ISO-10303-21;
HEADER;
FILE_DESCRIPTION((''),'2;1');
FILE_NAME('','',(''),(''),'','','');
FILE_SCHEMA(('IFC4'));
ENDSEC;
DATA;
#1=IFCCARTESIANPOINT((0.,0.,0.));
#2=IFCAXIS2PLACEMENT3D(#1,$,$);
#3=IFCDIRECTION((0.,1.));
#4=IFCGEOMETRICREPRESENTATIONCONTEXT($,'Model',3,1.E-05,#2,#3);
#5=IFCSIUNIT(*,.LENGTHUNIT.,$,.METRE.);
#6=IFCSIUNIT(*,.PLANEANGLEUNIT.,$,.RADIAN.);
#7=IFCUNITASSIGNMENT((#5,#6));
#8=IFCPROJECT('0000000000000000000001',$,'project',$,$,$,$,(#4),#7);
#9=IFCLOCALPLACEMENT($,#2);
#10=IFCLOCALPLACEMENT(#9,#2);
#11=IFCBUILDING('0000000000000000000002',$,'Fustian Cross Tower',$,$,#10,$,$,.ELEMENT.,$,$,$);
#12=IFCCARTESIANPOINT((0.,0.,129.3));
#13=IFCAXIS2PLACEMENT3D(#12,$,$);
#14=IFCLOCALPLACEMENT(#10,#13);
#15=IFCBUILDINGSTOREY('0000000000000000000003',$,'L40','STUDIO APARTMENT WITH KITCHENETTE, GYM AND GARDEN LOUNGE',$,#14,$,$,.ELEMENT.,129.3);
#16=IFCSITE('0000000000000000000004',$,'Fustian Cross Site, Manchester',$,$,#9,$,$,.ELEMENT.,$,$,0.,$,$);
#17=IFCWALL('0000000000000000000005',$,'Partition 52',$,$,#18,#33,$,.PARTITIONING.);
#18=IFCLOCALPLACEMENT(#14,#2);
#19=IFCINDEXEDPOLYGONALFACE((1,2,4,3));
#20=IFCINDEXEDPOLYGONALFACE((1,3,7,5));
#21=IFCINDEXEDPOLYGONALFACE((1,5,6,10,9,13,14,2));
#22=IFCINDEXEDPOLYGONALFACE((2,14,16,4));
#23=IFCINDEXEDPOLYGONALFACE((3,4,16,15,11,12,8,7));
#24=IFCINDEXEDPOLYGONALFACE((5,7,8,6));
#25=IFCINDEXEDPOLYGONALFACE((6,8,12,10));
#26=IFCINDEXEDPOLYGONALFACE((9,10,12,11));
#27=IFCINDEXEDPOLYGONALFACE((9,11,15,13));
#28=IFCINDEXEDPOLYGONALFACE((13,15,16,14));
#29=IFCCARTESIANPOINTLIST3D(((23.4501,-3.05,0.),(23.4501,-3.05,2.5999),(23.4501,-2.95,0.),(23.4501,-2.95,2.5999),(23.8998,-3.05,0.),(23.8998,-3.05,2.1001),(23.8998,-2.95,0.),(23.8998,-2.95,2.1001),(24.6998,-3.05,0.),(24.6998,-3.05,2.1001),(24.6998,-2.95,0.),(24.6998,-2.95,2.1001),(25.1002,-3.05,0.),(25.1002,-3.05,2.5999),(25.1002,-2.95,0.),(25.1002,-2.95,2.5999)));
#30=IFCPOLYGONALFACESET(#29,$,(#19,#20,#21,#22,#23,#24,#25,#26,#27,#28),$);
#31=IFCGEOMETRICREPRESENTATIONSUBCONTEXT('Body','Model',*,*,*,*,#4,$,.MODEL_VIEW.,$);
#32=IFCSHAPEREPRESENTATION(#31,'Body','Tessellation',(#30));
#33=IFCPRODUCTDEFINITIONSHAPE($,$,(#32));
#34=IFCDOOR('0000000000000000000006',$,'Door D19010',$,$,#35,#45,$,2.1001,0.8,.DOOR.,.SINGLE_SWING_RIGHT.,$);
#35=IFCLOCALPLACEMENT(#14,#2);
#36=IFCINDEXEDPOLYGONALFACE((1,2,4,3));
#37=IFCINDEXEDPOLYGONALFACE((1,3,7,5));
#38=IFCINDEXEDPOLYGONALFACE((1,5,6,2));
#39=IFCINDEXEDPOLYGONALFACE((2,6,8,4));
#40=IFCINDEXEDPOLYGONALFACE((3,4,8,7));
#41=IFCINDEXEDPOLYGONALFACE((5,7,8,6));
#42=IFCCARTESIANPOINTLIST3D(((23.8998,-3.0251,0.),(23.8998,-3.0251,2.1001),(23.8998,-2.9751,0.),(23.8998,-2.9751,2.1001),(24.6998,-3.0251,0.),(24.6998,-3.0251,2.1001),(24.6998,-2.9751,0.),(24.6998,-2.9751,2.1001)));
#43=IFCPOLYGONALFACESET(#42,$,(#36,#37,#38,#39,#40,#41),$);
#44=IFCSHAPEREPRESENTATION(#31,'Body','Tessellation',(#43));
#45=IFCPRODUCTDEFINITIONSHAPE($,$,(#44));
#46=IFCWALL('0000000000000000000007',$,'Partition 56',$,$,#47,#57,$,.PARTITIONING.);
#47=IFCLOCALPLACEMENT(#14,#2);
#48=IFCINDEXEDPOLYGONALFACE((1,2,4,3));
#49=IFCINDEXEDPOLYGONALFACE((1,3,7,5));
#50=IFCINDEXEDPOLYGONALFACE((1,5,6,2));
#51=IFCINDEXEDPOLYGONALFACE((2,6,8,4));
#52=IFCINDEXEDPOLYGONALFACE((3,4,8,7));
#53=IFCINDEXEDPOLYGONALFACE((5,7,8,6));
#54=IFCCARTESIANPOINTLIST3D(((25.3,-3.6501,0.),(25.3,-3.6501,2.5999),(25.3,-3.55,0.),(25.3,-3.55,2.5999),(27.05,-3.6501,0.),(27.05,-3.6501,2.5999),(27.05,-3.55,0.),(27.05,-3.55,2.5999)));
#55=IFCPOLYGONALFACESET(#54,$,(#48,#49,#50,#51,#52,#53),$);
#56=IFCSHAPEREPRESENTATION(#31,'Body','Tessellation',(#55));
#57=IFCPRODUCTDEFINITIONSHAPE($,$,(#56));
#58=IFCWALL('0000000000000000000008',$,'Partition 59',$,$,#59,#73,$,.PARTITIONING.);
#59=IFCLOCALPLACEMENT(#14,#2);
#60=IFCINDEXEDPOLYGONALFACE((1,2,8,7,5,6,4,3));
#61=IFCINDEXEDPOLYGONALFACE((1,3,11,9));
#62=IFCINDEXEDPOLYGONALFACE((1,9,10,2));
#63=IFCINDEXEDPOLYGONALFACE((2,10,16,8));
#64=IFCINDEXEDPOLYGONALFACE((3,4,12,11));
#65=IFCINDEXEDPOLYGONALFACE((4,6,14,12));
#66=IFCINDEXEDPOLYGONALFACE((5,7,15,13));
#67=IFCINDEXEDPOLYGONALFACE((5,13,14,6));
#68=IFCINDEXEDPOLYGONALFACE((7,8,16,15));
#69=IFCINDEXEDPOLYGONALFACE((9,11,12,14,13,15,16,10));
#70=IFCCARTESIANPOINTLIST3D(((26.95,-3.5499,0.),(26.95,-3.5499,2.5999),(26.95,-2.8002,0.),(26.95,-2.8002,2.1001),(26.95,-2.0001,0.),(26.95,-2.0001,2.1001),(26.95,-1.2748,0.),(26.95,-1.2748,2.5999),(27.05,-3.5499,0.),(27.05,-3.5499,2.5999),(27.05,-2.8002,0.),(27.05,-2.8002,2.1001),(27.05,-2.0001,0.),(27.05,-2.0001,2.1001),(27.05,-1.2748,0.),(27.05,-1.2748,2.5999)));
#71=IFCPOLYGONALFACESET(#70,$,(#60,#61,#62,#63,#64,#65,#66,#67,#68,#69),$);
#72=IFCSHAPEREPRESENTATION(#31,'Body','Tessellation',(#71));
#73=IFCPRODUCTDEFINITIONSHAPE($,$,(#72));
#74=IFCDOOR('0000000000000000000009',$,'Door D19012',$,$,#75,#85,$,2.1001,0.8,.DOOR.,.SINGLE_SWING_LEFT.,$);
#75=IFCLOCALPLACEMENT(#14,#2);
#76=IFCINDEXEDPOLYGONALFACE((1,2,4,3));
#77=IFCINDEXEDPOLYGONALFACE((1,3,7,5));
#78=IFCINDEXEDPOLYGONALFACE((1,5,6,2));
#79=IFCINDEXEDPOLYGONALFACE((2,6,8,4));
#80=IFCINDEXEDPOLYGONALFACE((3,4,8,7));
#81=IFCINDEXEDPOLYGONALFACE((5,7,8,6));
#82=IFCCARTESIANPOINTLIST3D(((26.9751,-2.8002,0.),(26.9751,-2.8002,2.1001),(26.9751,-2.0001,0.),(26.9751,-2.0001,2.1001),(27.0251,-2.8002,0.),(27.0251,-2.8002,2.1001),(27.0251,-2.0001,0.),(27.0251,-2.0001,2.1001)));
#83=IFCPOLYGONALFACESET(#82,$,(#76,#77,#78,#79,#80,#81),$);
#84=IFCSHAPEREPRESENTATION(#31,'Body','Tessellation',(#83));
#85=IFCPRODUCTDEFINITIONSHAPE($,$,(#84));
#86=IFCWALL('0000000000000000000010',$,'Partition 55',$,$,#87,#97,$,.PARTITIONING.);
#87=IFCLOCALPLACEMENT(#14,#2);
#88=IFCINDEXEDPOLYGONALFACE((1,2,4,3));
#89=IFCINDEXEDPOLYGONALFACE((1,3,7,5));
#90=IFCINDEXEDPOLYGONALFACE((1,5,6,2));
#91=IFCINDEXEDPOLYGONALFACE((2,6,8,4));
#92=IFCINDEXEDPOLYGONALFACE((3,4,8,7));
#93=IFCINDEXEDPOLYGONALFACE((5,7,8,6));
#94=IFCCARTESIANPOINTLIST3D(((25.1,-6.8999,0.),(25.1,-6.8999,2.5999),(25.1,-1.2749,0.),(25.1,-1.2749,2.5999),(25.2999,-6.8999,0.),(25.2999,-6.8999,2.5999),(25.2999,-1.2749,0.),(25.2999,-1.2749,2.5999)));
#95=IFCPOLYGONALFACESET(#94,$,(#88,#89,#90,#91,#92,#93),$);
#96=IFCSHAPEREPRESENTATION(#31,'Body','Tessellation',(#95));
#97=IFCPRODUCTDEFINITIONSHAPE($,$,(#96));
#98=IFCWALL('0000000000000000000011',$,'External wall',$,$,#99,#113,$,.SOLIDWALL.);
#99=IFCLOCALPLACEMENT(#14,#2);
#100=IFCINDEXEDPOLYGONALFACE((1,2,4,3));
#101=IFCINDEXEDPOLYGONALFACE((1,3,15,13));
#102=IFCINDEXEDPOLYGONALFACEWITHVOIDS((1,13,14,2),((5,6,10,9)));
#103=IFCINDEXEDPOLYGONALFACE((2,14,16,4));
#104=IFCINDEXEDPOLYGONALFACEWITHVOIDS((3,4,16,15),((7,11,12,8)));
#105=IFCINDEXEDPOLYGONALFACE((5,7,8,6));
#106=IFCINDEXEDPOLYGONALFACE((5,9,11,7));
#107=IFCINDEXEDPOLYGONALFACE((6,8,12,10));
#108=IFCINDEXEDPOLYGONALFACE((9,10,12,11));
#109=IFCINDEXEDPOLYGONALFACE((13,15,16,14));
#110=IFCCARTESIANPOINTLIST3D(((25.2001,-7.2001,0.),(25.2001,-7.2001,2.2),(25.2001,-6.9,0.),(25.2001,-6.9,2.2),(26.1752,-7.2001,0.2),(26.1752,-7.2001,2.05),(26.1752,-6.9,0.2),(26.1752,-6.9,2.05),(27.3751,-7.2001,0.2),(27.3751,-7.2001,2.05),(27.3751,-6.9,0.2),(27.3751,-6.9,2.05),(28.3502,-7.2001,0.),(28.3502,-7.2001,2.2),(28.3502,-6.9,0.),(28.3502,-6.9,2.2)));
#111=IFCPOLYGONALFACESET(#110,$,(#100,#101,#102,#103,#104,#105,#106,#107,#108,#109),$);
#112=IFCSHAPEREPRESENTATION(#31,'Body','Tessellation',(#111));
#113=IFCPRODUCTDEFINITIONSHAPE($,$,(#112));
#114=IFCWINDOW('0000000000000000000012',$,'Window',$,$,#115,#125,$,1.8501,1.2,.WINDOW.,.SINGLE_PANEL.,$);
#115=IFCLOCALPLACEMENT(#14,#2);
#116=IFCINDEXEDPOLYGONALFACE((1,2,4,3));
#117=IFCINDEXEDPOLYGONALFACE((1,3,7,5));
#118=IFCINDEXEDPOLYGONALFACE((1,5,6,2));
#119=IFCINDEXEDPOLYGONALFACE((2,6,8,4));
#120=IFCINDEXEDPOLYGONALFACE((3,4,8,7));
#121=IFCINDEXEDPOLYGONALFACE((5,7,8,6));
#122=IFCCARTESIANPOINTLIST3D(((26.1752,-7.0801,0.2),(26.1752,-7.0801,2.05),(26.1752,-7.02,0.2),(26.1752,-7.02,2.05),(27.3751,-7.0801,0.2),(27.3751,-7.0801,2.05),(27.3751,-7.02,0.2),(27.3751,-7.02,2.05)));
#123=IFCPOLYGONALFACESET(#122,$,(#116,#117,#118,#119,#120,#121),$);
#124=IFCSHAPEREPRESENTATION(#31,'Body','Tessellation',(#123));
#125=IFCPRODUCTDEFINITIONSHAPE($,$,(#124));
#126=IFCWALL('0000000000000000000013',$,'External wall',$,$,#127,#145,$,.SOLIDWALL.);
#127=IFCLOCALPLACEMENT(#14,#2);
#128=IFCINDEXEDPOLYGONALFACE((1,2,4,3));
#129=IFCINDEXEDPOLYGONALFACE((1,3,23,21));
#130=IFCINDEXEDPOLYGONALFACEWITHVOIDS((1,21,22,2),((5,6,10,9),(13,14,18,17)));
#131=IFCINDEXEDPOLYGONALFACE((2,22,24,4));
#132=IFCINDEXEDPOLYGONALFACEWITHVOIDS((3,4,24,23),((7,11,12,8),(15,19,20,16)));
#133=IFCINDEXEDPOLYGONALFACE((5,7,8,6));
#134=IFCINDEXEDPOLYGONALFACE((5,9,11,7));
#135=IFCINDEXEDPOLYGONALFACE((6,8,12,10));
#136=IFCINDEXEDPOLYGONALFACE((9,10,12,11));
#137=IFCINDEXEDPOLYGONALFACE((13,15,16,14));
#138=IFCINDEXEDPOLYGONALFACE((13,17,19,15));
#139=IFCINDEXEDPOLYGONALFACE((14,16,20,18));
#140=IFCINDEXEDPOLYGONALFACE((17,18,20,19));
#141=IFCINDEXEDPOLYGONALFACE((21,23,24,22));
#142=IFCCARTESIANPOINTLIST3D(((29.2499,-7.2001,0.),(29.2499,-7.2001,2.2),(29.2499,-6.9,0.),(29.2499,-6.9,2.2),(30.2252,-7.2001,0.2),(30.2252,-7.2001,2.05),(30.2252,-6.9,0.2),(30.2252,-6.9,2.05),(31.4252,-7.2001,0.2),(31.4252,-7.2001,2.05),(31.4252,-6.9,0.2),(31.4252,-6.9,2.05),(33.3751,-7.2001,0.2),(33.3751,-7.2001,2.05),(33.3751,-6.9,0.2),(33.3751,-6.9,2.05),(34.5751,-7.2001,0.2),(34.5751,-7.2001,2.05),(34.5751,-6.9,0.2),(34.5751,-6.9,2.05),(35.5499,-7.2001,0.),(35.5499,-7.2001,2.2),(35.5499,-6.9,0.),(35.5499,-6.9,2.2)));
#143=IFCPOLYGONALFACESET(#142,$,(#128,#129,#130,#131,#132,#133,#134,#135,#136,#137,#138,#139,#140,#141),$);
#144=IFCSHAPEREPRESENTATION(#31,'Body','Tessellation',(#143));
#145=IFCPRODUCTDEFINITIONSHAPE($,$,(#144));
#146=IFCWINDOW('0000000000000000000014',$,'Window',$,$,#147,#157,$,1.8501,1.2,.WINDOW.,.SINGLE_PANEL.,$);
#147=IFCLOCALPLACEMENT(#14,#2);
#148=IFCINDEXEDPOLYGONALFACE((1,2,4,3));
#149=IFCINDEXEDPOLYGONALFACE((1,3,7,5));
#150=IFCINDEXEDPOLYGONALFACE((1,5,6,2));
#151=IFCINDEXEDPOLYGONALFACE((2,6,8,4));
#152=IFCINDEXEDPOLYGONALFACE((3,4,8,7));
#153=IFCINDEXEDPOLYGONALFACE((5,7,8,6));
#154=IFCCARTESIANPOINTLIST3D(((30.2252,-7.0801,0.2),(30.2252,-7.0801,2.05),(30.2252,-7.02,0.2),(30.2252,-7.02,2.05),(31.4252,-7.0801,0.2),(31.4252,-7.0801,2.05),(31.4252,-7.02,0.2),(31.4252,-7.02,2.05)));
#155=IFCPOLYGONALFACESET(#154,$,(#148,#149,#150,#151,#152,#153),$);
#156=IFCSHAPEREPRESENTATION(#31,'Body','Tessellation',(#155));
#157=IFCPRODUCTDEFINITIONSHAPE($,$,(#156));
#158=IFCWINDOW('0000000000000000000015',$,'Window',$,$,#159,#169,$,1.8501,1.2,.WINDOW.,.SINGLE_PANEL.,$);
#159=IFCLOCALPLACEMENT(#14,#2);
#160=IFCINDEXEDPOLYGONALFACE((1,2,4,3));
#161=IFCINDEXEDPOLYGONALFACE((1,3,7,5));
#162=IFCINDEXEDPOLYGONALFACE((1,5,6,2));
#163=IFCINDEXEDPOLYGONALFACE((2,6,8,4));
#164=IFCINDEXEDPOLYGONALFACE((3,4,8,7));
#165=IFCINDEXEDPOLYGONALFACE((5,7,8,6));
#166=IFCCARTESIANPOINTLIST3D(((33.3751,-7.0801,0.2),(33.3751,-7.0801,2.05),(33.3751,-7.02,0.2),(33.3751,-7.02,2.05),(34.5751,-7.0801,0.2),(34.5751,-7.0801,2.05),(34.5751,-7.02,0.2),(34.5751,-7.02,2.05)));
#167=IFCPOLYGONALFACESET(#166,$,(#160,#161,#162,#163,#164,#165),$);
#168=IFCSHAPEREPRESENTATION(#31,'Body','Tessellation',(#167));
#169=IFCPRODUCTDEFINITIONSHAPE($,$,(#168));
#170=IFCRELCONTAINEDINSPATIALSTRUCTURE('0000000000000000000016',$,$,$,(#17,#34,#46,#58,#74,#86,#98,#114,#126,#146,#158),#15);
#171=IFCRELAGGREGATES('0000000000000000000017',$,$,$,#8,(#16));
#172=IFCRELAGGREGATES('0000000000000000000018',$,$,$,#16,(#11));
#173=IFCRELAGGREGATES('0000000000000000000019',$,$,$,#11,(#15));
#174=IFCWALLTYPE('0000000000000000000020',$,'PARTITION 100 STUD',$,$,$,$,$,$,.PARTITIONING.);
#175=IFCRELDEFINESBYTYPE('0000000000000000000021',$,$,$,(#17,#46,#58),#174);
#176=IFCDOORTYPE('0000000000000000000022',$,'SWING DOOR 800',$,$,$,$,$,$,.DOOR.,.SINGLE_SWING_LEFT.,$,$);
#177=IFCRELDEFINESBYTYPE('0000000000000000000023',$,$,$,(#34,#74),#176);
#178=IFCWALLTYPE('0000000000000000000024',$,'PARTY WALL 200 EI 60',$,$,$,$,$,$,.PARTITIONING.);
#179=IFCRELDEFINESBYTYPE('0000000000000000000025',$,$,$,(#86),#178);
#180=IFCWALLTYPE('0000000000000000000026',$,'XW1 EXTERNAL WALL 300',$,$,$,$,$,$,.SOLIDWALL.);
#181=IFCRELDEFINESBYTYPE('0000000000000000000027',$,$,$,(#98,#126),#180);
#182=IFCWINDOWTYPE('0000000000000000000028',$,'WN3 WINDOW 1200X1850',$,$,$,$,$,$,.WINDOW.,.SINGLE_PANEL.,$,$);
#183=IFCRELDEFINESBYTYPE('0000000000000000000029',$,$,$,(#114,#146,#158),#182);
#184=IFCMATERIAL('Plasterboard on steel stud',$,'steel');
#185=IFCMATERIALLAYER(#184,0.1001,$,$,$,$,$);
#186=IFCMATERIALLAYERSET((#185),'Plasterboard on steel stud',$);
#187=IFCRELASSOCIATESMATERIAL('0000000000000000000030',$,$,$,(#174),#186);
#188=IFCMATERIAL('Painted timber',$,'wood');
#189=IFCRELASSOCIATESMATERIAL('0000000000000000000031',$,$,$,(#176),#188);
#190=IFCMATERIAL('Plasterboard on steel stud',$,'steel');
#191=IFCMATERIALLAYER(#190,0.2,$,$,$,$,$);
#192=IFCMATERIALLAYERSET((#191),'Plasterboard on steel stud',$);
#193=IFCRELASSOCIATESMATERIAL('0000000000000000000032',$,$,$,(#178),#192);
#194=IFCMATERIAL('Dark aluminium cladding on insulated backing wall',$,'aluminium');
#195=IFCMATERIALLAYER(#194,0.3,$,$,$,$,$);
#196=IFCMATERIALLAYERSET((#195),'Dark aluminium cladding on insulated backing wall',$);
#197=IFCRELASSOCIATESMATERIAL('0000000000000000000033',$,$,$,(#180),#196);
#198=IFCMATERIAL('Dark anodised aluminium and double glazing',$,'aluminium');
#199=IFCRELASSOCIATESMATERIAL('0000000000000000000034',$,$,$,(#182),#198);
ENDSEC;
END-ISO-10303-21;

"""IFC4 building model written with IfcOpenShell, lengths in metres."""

from ifc_helpers import new_model, si_unit, direction, frame, frame_2d, origin, place, context, subcontext, project, spatial, rectangle, extrude, material, layer, layer_set, type_object, element, fill, save


model = new_model("IFC4")

# Units and contexts
model_context = context("Model", 3, precision=1e-05, world=origin(), true_north=direction((0.0, 1.0)))
body_context = subcontext(model_context, "Body", "Model", "MODEL_VIEW")
ifc_project = project(units=[si_unit("LENGTHUNIT", "METRE"), si_unit("PLANEANGLEUNIT", "RADIAN")], contexts=[model_context])

# Site, building, storey
site_placement = place(None, origin())
site = spatial("IfcSite", under=ifc_project, at=site_placement, Name="Fustian Cross Site, Manchester", CompositionType="ELEMENT", RefElevation=0.0)
building_placement = place(site_placement, origin())
building = spatial("IfcBuilding", under=site, at=building_placement, Name="Fustian Cross Tower", CompositionType="ELEMENT")
storey_placement = place(building_placement, frame((0.0, 0.0, 129.3)))
storey = spatial("IfcBuildingStorey", under=building, at=storey_placement, Name="L40", Description="STUDIO APARTMENT WITH KITCHENETTE, GYM AND GARDEN LOUNGE", CompositionType="ELEMENT", Elevation=129.3)

# Wall, opening, door
ifc_material_1 = material(Name="Plasterboard on steel stud", Category="steel")
ifc_layer_1 = layer(ifc_material_1, 0.1001)
ifc_layer_set_1 = layer_set([ifc_layer_1], Name="Plasterboard on steel stud")
wall_type_1 = type_object("IfcWallType", Name="PARTITION 100 STUD", PredefinedType="PARTITIONING", material=ifc_layer_set_1)
wall_1_placement = place(storey_placement, frame((23.45, -3.0, 0.0), z_axis=(0.0, 0.0, 1.0), x_axis=(1.0, 0.0, 0.0)))
wall_1 = element("IfcWall", 1, at=wall_1_placement, inside=storey, type_object=wall_type_1, Name="Partition 52", PredefinedType="PARTITIONING", context=body_context, shape_type="SweptSolid", body=[
    extrude(rectangle(XDim=1.6501, YDim=0.1001, at=frame_2d((0.8252, 0.0))), origin(), (0.0, 0.0, 1.0), 2.5999),
])
opening_1_placement = place(wall_1_placement, frame((0.45, 0.0, 0.0)))
opening_1 = element("IfcOpeningElement", 2, at=opening_1_placement, cuts=wall_1, PredefinedType="OPENING", context=body_context, shape_type="SweptSolid", body=[
    extrude(rectangle(XDim=0.8, YDim=2.1001, at=frame_2d((0.3999, 1.05))), frame((0.0, 0.0601, 0.0), z_axis=(0.0, -1.0, 0.0), x_axis=(1.0, 0.0, 0.0)), (0.0, 0.0, 1.0), 0.1201),
])
ifc_material_2 = material(Name="Painted timber", Category="wood")
door_type = type_object("IfcDoorType", Name="SWING DOOR 800", OperationType="SINGLE_SWING_LEFT", PredefinedType="DOOR", material=ifc_material_2)
door_1_placement = place(opening_1_placement, origin())
door_1 = element("IfcDoor", 3, at=door_1_placement, inside=storey, type_object=door_type, Name="Door D19010", OperationType="SINGLE_SWING_RIGHT", OverallHeight=2.1001, OverallWidth=0.8, PredefinedType="DOOR", context=body_context, shape_type="SweptSolid", body=[
    extrude(rectangle(XDim=0.8, YDim=2.1001, at=frame_2d((0.3999, 1.05))), frame((0.0, 0.0249, 0.0), z_axis=(0.0, -1.0, 0.0), x_axis=(1.0, 0.0, 0.0)), (0.0, 0.0, 1.0), 0.05),
])
fill(opening_1, door_1)

# Wall
wall_2_placement = place(storey_placement, frame((25.3, -3.6001, 0.0), z_axis=(0.0, 0.0, 1.0), x_axis=(1.0, 0.0, 0.0)))
element("IfcWall", 4, at=wall_2_placement, inside=storey, type_object=wall_type_1, Name="Partition 56", PredefinedType="PARTITIONING", context=body_context, shape_type="SweptSolid", body=[
    extrude(rectangle(XDim=1.75, YDim=0.1001, at=frame_2d((0.875, 0.0))), origin(), (0.0, 0.0, 1.0), 2.5999),
])

# Wall, opening, door
wall_3_placement = place(storey_placement, frame((27.0, -3.55, 0.0), z_axis=(0.0, 0.0, 1.0), x_axis=(0.0, 1.0, 0.0)))
wall_3 = element("IfcWall", 5, at=wall_3_placement, inside=storey, type_object=wall_type_1, Name="Partition 59", PredefinedType="PARTITIONING", context=body_context, shape_type="SweptSolid", body=[
    extrude(rectangle(XDim=2.2751, YDim=0.1001, at=frame_2d((1.1377, 0.0))), origin(), (0.0, 0.0, 1.0), 2.5999),
])
opening_2_placement = place(wall_3_placement, frame((0.75, 0.0, 0.0)))
opening_2 = element("IfcOpeningElement", 6, at=opening_2_placement, cuts=wall_3, PredefinedType="OPENING", context=body_context, shape_type="SweptSolid", body=[
    extrude(rectangle(XDim=0.8, YDim=2.1001, at=frame_2d((0.3999, 1.05))), frame((0.0, 0.0601, 0.0), z_axis=(0.0, -1.0, 0.0), x_axis=(1.0, 0.0, 0.0)), (0.0, 0.0, 1.0), 0.1201),
])
door_2_placement = place(opening_2_placement, origin())
door_2 = element("IfcDoor", 7, at=door_2_placement, inside=storey, type_object=door_type, Name="Door D19012", OperationType="SINGLE_SWING_LEFT", OverallHeight=2.1001, OverallWidth=0.8, PredefinedType="DOOR", context=body_context, shape_type="SweptSolid", body=[
    extrude(rectangle(XDim=0.8, YDim=2.1001, at=frame_2d((0.3999, 1.05))), frame((0.0, 0.0249, 0.0), z_axis=(0.0, -1.0, 0.0), x_axis=(1.0, 0.0, 0.0)), (0.0, 0.0, 1.0), 0.05),
])
fill(opening_2, door_2)

# Wall
ifc_material_3 = material(Name="Plasterboard on steel stud", Category="steel")
ifc_layer_2 = layer(ifc_material_3, 0.2)
ifc_layer_set_2 = layer_set([ifc_layer_2], Name="Plasterboard on steel stud")
wall_type_2 = type_object("IfcWallType", Name="PARTY WALL 200 EI 60", PredefinedType="PARTITIONING", material=ifc_layer_set_2)
wall_4_placement = place(storey_placement, frame((25.2, -6.8999, 0.0), z_axis=(0.0, 0.0, 1.0), x_axis=(0.0, 1.0, 0.0)))
element("IfcWall", 8, at=wall_4_placement, inside=storey, type_object=wall_type_2, Name="Partition 55", PredefinedType="PARTITIONING", context=body_context, shape_type="SweptSolid", body=[
    extrude(rectangle(XDim=5.625, YDim=0.2, at=frame_2d((2.8125, 0.0))), origin(), (0.0, 0.0, 1.0), 2.5999),
])

# Wall, opening, window
ifc_material_4 = material(Name="Dark aluminium cladding on insulated backing wall", Category="aluminium")
ifc_layer_3 = layer(ifc_material_4, 0.3)
ifc_layer_set_3 = layer_set([ifc_layer_3], Name="Dark aluminium cladding on insulated backing wall")
wall_type_3 = type_object("IfcWallType", Name="XW1 EXTERNAL WALL 300", PredefinedType="SOLIDWALL", material=ifc_layer_set_3)
wall_5_placement = place(storey_placement, frame((25.2, -7.05, 0.0), z_axis=(0.0, 0.0, 1.0), x_axis=(1.0, 0.0, 0.0)))
wall_5 = element("IfcWall", 9, at=wall_5_placement, inside=storey, type_object=wall_type_3, Name="External wall", PredefinedType="SOLIDWALL", context=body_context, shape_type="SweptSolid", body=[
    extrude(rectangle(XDim=3.1501, YDim=0.3, at=frame_2d((1.5752, 0.0))), origin(), (0.0, 0.0, 1.0), 2.2),
])
opening_3_placement = place(wall_5_placement, frame((0.9751, 0.0, 0.2)))
opening_3 = element("IfcOpeningElement", 10, at=opening_3_placement, cuts=wall_5, PredefinedType="OPENING", context=body_context, shape_type="SweptSolid", body=[
    extrude(rectangle(XDim=1.2, YDim=1.8501, at=frame_2d((0.6001, 0.925))), frame((0.0, 0.1599, 0.0), z_axis=(0.0, -1.0, 0.0), x_axis=(1.0, 0.0, 0.0)), (0.0, 0.0, 1.0), 0.3201),
])
ifc_material_5 = material(Name="Dark anodised aluminium and double glazing", Category="aluminium")
window_type = type_object("IfcWindowType", Name="WN3 WINDOW 1200X1850", PartitioningType="SINGLE_PANEL", PredefinedType="WINDOW", material=ifc_material_5)
window_1_placement = place(opening_3_placement, origin())
window_1 = element("IfcWindow", 11, at=window_1_placement, inside=storey, type_object=window_type, Name="Window", OverallHeight=1.8501, OverallWidth=1.2, PartitioningType="SINGLE_PANEL", PredefinedType="WINDOW", context=body_context, shape_type="SweptSolid", body=[
    extrude(rectangle(XDim=1.2, YDim=1.8501, at=frame_2d((0.6001, 0.925))), frame((0.0, 0.03, 0.0), z_axis=(0.0, -1.0, 0.0), x_axis=(1.0, 0.0, 0.0)), (0.0, 0.0, 1.0), 0.0601),
])
fill(opening_3, window_1)

# Wall, openings, windows
wall_6_placement = place(storey_placement, frame((29.25, -7.05, 0.0), z_axis=(0.0, 0.0, 1.0), x_axis=(1.0, 0.0, 0.0)))
wall_6 = element("IfcWall", 12, at=wall_6_placement, inside=storey, type_object=wall_type_3, Name="External wall", PredefinedType="SOLIDWALL", context=body_context, shape_type="SweptSolid", body=[
    extrude(rectangle(XDim=6.3, YDim=0.3, at=frame_2d((3.1499, 0.0))), origin(), (0.0, 0.0, 1.0), 2.2),
])
opening_4_placement = place(wall_6_placement, frame((0.9751, 0.0, 0.2)))
opening_4 = element("IfcOpeningElement", 13, at=opening_4_placement, cuts=wall_6, PredefinedType="OPENING", context=body_context, shape_type="SweptSolid", body=[
    extrude(rectangle(XDim=1.2, YDim=1.8501, at=frame_2d((0.6001, 0.925))), frame((0.0, 0.1599, 0.0), z_axis=(0.0, -1.0, 0.0), x_axis=(1.0, 0.0, 0.0)), (0.0, 0.0, 1.0), 0.3201),
])
opening_5_placement = place(wall_6_placement, frame((4.125, 0.0, 0.2)))
opening_5 = element("IfcOpeningElement", 14, at=opening_5_placement, cuts=wall_6, PredefinedType="OPENING", context=body_context, shape_type="SweptSolid", body=[
    extrude(rectangle(XDim=1.2, YDim=1.8501, at=frame_2d((0.6001, 0.925))), frame((0.0, 0.1599, 0.0), z_axis=(0.0, -1.0, 0.0), x_axis=(1.0, 0.0, 0.0)), (0.0, 0.0, 1.0), 0.3201),
])
window_2_placement = place(opening_4_placement, origin())
window_2 = element("IfcWindow", 15, at=window_2_placement, inside=storey, type_object=window_type, Name="Window", OverallHeight=1.8501, OverallWidth=1.2, PartitioningType="SINGLE_PANEL", PredefinedType="WINDOW", context=body_context, shape_type="SweptSolid", body=[
    extrude(rectangle(XDim=1.2, YDim=1.8501, at=frame_2d((0.6001, 0.925))), frame((0.0, 0.03, 0.0), z_axis=(0.0, -1.0, 0.0), x_axis=(1.0, 0.0, 0.0)), (0.0, 0.0, 1.0), 0.0601),
])
fill(opening_4, window_2)
window_3_placement = place(opening_5_placement, origin())
window_3 = element("IfcWindow", 16, at=window_3_placement, inside=storey, type_object=window_type, Name="Window", OverallHeight=1.8501, OverallWidth=1.2, PartitioningType="SINGLE_PANEL", PredefinedType="WINDOW", context=body_context, shape_type="SweptSolid", body=[
    extrude(rectangle(XDim=1.2, YDim=1.8501, at=frame_2d((0.6001, 0.925))), frame((0.0, 0.03, 0.0), z_axis=(0.0, -1.0, 0.0), x_axis=(1.0, 0.0, 0.0)), (0.0, 0.0, 1.0), 0.0601),
])
fill(opening_5, window_3)

save(model, "model.ifc")
